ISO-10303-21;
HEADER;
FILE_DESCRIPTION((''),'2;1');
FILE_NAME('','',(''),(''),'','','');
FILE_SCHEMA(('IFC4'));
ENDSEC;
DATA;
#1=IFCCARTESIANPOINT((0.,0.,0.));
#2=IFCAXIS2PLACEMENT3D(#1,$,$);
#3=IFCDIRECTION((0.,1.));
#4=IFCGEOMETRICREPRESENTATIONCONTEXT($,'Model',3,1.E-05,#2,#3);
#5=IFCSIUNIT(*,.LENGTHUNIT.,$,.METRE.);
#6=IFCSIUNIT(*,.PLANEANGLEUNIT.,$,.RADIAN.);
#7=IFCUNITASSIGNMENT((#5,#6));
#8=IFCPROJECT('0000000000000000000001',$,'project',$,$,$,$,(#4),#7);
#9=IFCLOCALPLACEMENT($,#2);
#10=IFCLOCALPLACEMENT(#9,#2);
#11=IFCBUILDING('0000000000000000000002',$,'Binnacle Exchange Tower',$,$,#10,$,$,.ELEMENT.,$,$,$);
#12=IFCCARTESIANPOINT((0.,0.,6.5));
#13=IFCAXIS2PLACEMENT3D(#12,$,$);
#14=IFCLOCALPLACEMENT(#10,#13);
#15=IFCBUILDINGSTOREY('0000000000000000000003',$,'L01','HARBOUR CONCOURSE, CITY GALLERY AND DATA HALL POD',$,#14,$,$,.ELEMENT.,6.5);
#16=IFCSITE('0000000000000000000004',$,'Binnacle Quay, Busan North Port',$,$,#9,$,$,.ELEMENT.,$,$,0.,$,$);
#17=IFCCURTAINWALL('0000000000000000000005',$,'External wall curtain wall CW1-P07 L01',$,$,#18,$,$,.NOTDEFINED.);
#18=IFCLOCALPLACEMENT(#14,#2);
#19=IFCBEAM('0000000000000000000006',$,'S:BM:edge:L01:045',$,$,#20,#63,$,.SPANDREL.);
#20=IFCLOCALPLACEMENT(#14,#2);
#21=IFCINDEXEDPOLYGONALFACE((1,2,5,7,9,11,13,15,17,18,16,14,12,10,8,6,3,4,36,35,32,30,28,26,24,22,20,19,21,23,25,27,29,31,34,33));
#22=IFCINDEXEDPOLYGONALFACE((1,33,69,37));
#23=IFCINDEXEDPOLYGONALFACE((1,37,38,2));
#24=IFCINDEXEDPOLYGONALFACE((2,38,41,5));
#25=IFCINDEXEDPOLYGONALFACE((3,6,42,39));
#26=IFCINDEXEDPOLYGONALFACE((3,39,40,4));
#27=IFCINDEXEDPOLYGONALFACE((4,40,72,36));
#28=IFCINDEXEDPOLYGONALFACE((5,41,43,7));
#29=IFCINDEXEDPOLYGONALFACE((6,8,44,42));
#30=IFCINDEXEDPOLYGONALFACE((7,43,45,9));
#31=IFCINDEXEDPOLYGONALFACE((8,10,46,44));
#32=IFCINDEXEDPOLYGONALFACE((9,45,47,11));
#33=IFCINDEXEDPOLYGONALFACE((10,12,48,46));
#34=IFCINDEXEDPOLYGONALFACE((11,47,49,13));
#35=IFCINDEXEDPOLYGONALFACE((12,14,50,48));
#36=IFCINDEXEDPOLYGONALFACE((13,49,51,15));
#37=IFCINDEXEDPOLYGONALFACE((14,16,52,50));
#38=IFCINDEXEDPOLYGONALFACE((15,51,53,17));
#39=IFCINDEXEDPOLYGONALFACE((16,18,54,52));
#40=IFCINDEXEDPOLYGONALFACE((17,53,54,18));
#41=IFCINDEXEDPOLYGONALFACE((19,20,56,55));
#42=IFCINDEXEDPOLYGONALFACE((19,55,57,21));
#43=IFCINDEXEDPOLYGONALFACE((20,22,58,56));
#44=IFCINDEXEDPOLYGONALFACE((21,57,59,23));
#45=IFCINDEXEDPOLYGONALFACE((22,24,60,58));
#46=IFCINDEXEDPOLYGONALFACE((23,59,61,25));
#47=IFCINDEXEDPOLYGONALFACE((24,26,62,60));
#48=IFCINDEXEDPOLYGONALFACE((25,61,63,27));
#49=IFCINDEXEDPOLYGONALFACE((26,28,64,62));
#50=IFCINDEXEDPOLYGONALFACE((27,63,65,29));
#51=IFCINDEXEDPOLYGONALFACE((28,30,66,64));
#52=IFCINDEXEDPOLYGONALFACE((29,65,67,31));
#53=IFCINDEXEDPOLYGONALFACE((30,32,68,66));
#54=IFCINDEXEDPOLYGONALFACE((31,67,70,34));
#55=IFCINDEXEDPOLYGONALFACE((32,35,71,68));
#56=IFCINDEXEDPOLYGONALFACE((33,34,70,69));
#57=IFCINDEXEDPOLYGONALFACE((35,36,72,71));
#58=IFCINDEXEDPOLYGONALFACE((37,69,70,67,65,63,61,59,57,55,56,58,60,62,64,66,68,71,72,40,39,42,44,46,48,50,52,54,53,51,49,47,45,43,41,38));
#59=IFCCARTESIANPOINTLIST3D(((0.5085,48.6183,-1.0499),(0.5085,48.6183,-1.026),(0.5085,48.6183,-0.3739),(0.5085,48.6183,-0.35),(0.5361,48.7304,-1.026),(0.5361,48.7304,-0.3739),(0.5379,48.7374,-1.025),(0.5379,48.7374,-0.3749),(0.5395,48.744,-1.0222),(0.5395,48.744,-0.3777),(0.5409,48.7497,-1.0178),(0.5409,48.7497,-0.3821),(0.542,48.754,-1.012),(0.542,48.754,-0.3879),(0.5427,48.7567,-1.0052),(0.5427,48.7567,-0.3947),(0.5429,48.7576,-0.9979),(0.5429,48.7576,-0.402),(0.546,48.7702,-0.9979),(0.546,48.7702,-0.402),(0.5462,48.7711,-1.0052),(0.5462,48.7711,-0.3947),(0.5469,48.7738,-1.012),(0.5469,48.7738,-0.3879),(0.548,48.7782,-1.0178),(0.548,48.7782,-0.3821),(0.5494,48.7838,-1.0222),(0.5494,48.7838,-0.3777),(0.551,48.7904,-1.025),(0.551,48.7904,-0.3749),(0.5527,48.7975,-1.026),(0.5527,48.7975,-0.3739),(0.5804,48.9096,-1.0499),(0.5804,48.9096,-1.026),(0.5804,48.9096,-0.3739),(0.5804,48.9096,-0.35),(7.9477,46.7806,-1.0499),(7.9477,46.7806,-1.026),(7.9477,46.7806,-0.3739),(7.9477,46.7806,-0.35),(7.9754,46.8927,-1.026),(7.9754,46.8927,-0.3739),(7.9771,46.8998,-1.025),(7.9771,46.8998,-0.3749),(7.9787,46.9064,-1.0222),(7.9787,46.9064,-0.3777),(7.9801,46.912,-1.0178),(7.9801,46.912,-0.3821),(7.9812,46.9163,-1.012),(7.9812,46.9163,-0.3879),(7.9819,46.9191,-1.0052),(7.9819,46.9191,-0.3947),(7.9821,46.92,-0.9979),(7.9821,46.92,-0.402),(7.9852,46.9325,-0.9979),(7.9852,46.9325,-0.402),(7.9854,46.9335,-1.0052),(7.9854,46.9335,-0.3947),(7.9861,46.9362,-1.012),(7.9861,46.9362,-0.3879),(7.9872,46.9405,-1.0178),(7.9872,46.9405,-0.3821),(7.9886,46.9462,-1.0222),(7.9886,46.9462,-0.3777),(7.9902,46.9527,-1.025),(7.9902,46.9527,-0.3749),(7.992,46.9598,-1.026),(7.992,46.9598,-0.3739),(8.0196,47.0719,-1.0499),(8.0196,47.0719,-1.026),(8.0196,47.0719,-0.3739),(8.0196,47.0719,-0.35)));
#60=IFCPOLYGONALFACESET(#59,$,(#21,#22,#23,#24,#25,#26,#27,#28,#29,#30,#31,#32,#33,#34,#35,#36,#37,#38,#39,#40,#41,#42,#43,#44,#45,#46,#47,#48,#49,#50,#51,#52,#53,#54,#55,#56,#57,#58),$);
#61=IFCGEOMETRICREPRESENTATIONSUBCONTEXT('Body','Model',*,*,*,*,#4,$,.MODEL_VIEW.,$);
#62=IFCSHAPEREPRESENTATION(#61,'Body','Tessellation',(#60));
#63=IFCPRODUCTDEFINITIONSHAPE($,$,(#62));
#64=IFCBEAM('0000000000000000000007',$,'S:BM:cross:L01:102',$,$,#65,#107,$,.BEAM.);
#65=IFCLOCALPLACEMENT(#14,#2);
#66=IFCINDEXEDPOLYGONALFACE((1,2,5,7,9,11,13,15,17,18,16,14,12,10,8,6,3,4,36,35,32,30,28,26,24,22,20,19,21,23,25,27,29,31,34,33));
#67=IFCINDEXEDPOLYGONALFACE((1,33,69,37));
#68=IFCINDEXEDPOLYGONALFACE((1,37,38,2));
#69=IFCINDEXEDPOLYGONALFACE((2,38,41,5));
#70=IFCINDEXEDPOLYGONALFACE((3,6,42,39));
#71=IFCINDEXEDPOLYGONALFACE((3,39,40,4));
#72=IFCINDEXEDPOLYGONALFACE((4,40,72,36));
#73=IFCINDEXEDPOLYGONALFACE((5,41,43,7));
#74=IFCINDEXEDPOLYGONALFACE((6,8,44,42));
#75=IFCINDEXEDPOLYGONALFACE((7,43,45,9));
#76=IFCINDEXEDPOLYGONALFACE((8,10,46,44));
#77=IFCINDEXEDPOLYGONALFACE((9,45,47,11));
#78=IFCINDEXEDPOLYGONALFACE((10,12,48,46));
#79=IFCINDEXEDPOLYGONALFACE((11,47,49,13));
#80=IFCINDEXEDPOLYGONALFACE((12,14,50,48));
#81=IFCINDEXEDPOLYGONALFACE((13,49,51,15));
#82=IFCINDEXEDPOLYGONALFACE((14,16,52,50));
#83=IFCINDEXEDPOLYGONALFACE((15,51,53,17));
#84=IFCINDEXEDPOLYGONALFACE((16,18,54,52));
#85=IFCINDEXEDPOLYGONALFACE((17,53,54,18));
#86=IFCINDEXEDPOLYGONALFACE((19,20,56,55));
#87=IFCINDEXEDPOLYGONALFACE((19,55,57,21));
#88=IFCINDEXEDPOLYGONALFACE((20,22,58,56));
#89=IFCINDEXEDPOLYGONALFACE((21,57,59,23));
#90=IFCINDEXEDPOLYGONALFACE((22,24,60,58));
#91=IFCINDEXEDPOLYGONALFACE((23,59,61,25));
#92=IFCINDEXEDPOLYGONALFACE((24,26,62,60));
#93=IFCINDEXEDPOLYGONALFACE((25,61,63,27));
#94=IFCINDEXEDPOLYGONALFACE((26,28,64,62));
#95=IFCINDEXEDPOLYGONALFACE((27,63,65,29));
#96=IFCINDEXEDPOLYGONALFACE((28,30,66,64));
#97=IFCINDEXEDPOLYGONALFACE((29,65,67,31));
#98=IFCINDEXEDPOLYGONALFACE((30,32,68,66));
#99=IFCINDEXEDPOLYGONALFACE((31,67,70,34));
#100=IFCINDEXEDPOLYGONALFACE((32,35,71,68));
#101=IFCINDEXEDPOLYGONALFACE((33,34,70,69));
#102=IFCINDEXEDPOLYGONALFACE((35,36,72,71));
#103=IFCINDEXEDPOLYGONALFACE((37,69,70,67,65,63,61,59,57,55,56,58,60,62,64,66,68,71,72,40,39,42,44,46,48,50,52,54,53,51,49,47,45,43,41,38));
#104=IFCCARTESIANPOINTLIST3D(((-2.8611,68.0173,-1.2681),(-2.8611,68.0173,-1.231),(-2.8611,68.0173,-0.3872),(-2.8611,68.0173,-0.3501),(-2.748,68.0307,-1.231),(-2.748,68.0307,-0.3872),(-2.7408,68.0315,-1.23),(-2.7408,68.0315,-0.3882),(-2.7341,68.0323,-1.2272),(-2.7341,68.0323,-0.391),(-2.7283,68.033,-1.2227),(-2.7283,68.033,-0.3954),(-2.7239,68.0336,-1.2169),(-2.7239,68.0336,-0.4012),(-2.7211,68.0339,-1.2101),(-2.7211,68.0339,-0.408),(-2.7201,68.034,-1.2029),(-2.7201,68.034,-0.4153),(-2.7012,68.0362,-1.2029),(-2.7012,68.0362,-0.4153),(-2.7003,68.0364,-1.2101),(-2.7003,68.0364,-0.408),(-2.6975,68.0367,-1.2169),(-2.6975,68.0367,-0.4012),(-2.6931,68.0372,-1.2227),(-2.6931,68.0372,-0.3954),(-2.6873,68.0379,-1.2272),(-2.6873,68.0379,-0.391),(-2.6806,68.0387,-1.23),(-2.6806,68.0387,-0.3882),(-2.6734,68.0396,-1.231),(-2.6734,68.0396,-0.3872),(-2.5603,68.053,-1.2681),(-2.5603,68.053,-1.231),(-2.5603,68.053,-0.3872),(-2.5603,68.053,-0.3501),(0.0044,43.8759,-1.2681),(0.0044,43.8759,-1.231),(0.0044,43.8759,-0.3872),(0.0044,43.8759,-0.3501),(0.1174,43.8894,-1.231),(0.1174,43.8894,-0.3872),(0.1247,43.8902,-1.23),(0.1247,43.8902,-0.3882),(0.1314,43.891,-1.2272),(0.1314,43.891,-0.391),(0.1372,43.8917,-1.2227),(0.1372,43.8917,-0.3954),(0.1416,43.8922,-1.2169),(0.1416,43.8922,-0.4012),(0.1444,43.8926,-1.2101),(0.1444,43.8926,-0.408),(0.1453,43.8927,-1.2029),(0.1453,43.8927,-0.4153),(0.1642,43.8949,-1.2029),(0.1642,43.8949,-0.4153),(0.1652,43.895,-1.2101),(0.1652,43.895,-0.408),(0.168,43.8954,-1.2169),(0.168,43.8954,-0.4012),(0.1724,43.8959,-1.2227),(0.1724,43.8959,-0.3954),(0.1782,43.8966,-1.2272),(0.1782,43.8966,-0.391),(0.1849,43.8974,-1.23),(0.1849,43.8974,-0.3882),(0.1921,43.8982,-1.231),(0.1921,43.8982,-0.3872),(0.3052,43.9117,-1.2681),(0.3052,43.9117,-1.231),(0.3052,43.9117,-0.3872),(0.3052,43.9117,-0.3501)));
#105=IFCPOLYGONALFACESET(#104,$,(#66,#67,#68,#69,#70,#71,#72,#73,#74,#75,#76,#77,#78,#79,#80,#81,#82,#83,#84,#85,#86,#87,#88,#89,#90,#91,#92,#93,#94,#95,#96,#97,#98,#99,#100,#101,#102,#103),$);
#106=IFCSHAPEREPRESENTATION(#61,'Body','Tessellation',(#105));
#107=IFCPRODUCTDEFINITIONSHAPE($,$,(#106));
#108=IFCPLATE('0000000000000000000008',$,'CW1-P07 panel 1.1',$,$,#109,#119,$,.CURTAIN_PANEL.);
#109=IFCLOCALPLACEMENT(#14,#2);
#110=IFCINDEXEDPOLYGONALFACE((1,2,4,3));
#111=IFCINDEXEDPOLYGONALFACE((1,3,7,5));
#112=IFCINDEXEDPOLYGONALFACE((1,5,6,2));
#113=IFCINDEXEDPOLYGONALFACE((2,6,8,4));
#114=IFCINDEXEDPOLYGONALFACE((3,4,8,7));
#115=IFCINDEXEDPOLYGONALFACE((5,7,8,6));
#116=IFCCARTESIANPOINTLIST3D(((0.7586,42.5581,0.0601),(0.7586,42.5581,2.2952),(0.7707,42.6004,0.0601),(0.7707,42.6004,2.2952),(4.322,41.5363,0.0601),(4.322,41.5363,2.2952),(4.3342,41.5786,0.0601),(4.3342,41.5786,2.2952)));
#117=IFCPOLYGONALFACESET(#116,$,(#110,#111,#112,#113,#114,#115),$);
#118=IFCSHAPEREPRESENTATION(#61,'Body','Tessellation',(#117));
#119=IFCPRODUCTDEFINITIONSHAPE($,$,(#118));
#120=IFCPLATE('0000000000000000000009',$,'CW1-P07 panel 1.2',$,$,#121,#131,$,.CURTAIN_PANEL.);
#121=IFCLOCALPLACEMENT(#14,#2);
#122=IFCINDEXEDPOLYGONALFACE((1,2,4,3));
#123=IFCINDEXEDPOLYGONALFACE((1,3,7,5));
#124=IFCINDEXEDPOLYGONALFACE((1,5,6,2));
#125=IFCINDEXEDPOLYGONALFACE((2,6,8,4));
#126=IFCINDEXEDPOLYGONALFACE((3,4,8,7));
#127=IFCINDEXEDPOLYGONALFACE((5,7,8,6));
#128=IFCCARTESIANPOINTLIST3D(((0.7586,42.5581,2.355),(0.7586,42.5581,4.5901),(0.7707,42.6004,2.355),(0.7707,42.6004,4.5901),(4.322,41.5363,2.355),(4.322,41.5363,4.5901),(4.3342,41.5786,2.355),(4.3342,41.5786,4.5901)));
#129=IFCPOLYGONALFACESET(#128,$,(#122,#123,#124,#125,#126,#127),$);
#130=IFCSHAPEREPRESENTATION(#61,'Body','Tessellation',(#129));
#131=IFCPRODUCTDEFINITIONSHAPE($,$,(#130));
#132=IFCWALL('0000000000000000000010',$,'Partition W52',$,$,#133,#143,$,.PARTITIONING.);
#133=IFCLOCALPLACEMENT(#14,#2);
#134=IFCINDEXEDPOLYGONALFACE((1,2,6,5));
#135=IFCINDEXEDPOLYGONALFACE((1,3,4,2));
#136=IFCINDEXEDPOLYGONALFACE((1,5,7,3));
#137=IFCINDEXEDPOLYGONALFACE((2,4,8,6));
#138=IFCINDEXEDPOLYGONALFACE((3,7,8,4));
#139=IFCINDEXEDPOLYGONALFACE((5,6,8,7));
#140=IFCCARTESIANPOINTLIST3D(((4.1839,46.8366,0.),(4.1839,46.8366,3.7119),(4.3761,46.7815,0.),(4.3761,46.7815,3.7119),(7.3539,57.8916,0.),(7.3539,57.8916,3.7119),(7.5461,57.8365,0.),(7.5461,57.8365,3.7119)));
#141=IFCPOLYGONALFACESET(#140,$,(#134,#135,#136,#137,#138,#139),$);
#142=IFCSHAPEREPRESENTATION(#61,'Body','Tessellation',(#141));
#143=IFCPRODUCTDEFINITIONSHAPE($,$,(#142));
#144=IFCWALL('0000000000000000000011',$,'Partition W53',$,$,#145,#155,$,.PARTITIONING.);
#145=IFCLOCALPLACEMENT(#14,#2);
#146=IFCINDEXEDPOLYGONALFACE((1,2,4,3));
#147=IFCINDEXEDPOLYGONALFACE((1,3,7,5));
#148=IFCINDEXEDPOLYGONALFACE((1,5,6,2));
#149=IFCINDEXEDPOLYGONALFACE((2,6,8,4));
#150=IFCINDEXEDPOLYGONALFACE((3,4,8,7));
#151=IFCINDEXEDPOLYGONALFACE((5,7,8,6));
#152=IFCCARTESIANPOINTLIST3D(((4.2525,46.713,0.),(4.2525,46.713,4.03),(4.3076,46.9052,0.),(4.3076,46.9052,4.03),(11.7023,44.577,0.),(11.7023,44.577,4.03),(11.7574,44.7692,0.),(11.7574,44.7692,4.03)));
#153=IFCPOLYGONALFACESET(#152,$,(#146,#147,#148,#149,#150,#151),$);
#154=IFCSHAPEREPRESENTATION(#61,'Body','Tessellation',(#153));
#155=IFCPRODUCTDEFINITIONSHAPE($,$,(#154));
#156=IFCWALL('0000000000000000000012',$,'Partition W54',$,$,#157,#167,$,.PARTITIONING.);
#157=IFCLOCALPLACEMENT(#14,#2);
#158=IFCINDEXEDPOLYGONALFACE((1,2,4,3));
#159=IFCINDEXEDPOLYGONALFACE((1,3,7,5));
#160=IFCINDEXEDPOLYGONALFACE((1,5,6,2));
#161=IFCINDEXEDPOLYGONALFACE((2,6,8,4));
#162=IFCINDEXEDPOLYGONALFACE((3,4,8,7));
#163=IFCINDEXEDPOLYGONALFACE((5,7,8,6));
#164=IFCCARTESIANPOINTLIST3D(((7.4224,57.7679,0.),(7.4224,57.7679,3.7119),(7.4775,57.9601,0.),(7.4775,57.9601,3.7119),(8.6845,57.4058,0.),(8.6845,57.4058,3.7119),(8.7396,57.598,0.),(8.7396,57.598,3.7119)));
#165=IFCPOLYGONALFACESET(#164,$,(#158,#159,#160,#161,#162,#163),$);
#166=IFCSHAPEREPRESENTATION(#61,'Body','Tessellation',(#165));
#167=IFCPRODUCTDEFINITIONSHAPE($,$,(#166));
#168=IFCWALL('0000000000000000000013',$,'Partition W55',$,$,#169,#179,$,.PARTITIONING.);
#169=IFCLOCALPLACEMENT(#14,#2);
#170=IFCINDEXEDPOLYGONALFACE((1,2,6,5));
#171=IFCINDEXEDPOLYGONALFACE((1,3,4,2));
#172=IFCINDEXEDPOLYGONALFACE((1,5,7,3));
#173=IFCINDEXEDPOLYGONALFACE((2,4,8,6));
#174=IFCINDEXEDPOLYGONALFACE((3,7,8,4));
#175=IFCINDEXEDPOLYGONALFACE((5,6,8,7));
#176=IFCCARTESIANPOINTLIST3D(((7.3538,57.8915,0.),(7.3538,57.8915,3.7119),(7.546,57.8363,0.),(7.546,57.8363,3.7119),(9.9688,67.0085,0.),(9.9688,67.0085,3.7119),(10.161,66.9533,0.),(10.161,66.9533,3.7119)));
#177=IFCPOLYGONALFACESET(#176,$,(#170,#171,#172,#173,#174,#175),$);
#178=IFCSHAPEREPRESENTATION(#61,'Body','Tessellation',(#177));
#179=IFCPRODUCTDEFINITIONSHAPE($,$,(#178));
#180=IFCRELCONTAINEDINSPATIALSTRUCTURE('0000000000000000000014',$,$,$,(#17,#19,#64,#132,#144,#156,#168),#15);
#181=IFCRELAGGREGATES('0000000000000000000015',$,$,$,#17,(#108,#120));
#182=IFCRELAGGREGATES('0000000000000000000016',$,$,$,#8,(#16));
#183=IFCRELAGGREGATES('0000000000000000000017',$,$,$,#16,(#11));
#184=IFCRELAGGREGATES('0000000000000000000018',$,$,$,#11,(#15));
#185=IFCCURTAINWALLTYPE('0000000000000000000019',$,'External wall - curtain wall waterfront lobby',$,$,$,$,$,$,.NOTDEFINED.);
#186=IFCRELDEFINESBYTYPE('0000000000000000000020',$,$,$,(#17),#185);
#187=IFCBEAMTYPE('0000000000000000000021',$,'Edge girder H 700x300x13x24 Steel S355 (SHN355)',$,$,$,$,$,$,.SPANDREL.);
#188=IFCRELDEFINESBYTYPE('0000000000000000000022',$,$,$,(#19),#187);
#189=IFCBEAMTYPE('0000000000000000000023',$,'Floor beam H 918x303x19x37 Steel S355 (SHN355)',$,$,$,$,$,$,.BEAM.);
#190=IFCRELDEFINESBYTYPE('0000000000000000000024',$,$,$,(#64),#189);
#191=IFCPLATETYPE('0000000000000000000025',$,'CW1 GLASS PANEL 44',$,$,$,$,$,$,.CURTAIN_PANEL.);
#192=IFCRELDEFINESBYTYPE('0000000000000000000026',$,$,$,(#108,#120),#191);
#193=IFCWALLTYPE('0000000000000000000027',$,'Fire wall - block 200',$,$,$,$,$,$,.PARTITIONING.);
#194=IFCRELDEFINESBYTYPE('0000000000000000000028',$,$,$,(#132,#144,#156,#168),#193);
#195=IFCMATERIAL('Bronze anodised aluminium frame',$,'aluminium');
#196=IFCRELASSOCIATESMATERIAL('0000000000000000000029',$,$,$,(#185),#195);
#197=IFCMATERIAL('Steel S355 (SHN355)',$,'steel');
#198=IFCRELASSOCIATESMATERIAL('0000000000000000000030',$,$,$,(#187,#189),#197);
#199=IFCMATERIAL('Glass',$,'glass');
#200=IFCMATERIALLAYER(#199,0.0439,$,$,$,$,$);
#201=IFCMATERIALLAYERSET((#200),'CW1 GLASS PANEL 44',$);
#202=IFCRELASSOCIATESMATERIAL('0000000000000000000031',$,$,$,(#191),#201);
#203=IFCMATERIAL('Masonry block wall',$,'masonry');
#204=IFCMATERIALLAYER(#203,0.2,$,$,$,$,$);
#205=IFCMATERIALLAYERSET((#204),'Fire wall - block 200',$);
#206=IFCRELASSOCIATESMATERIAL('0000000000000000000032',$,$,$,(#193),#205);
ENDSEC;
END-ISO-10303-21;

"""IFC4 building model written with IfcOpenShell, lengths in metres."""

from ifc_helpers import new_model, si_unit, direction, frame, frame_2d, origin, origin_2d, place, context, subcontext, project, spatial, rectangle, i_section, extrude, material, layer, layer_set, material_profile, profile_set, type_object, element, aggregate, save


model = new_model("IFC4")

# Units and contexts
model_context = context("Model", 3, precision=1e-05, world=origin(), true_north=direction((0.0, 1.0)))
body_context = subcontext(model_context, "Body", "Model", "MODEL_VIEW")
ifc_project = project(units=[si_unit("LENGTHUNIT", "METRE"), si_unit("PLANEANGLEUNIT", "RADIAN")], contexts=[model_context])

# Site, building, storey
site_placement = place(None, origin())
site = spatial("IfcSite", under=ifc_project, at=site_placement, Name="Binnacle Quay, Busan North Port", CompositionType="ELEMENT", RefElevation=0.0)
building_placement = place(site_placement, origin())
building = spatial("IfcBuilding", under=site, at=building_placement, Name="Binnacle Exchange Tower", CompositionType="ELEMENT")
storey_placement = place(building_placement, frame((0.0, 0.0, 6.5)))
storey = spatial("IfcBuildingStorey", under=building, at=storey_placement, Name="L01", Description="HARBOUR CONCOURSE, CITY GALLERY AND DATA HALL POD", CompositionType="ELEMENT", Elevation=6.5)

# Shared definitions
ifc_material_1 = material(Name="Bronze anodised aluminium frame", Category="aluminium")
curtain_wall_type = type_object("IfcCurtainWallType", Name="External wall - curtain wall waterfront lobby", PredefinedType="NOTDEFINED", material=ifc_material_1)

# Curtain wall
curtain_wall_1_placement = place(storey_placement, origin())
curtain_wall_1 = element("IfcCurtainWall", 1, at=curtain_wall_1_placement, inside=storey, type_object=curtain_wall_type, Name="External wall curtain wall CW1-P07 L01", PredefinedType="NOTDEFINED")

# Beams
ifc_material_2 = material(Name="Steel S355 (SHN355)", Category="steel")
ifc_material_profile_1 = material_profile(ifc_material_2, i_section(OverallWidth=0.3, OverallDepth=0.7, WebThickness=0.0129, FlangeThickness=0.0239, FilletRadius=0.0281, at=origin_2d()), Name="H 700x300x13x24")
ifc_profile_set_1 = profile_set([ifc_material_profile_1], Name="Steel S355 (SHN355)")
beam_type_1 = type_object("IfcBeamType", Name="Edge girder H 700x300x13x24 Steel S355 (SHN355)", PredefinedType="SPANDREL", material=ifc_profile_set_1)
beam_1_placement = place(storey_placement, frame((0.5444, 48.7639, -0.7), z_axis=(0.970819, -0.239813, 0.0), x_axis=(0.239813, 0.970819, 0.0)))
element("IfcBeam", 2, at=beam_1_placement, inside=storey, type_object=beam_type_1, Name="S:BM:edge:L01:045", PredefinedType="SPANDREL", context=body_context, shape_type="SweptSolid", body=[
    extrude(i_section(OverallWidth=0.3, OverallDepth=0.7, WebThickness=0.0129, FlangeThickness=0.0239, FilletRadius=0.0281, at=origin_2d()), origin(), (0.0, 0.0, 1.0), 7.6628),
])
ifc_material_profile_2 = material_profile(ifc_material_2, i_section(OverallWidth=0.303, OverallDepth=0.918, WebThickness=0.019, FlangeThickness=0.0371, FilletRadius=0.0281, at=origin_2d()), Name="H 918x303x19x37")
ifc_profile_set_2 = profile_set([ifc_material_profile_2], Name="Steel S355 (SHN355)")
beam_type_2 = type_object("IfcBeamType", Name="Floor beam H 918x303x19x37 Steel S355 (SHN355)", PredefinedType="BEAM", material=ifc_profile_set_2)
beam_2_placement = place(storey_placement, frame((0.1548, 43.8938, -0.8091), z_axis=(-0.117868, 0.993029, 0.0), x_axis=(-0.993029, -0.117868, 0.0)))
element("IfcBeam", 3, at=beam_2_placement, inside=storey, type_object=beam_type_2, Name="S:BM:cross:L01:102", PredefinedType="BEAM", context=body_context, shape_type="SweptSolid", body=[
    extrude(i_section(OverallWidth=0.303, OverallDepth=0.918, WebThickness=0.019, FlangeThickness=0.0371, FilletRadius=0.0281, at=origin_2d()), origin(), (0.0, 0.0, 1.0), 24.3108),
])

# Plates
ifc_material_3 = material(Name="Glass", Category="glass")
ifc_layer_1 = layer(ifc_material_3, 0.0439)
ifc_layer_set_1 = layer_set([ifc_layer_1], Name="CW1 GLASS PANEL 44")
plate_type = type_object("IfcPlateType", Name="CW1 GLASS PANEL 44", PredefinedType="CURTAIN_PANEL", material=ifc_layer_set_1)
plate_1_placement = place(storey_placement, frame((2.5464, 42.0684, 0.0601), z_axis=(0.0, 0.0, 1.0), x_axis=(0.961262, -0.275637, 0.0)))
plate_1 = element("IfcPlate", 4, at=plate_1_placement, type_object=plate_type, Name="CW1-P07 panel 1.1", PredefinedType="CURTAIN_PANEL", context=body_context, shape_type="SweptSolid", body=[
    extrude(rectangle(XDim=3.707, YDim=0.0439, at=origin_2d()), origin(), (0.0, 0.0, 1.0), 2.2351),
])
plate_2_placement = place(storey_placement, frame((2.5464, 42.0684, 2.355), z_axis=(0.0, 0.0, 1.0), x_axis=(0.961262, -0.275637, 0.0)))
plate_2 = element("IfcPlate", 5, at=plate_2_placement, type_object=plate_type, Name="CW1-P07 panel 1.2", PredefinedType="CURTAIN_PANEL", context=body_context, shape_type="SweptSolid", body=[
    extrude(rectangle(XDim=3.707, YDim=0.0439, at=origin_2d()), origin(), (0.0, 0.0, 1.0), 2.2351),
])
aggregate(curtain_wall_1, [plate_1, plate_2])

# Walls
ifc_material_4 = material(Name="Masonry block wall", Category="masonry")
ifc_layer_2 = layer(ifc_material_4, 0.2)
ifc_layer_set_2 = layer_set([ifc_layer_2], Name="Fire wall - block 200")
wall_type = type_object("IfcWallType", Name="Fire wall - block 200", PredefinedType="PARTITIONING", material=ifc_layer_set_2)
wall_1_placement = place(storey_placement, frame((4.28, 46.8091, 0.0), z_axis=(0.0, 0.0, 1.0), x_axis=(0.275635, 0.961262, 0.0)))
element("IfcWall", 6, at=wall_1_placement, inside=storey, type_object=wall_type, Name="Partition W52", PredefinedType="PARTITIONING", context=body_context, shape_type="SweptSolid", body=[
    extrude(rectangle(XDim=11.5005, YDim=0.2, at=frame_2d((5.7502, 0.0))), origin(), (0.0, 0.0, 1.0), 3.7119),
])
wall_2_placement = place(storey_placement, frame((4.28, 46.8091, 0.0), z_axis=(0.0, 0.0, 1.0), x_axis=(0.96127, -0.275607, 0.0)))
element("IfcWall", 7, at=wall_2_placement, inside=storey, type_object=wall_type, Name="Partition W53", PredefinedType="PARTITIONING", context=body_context, shape_type="SweptSolid", body=[
    extrude(rectangle(XDim=7.75, YDim=0.2, at=frame_2d((3.875, 0.0))), origin(), (0.0, 0.0, 1.0), 4.03),
])
wall_3_placement = place(storey_placement, frame((7.45, 57.864, 0.0), z_axis=(0.0, 0.0, 1.0), x_axis=(0.961222, -0.275777, 0.0)))
element("IfcWall", 8, at=wall_3_placement, inside=storey, type_object=wall_type, Name="Partition W54", PredefinedType="PARTITIONING", context=body_context, shape_type="SweptSolid", body=[
    extrude(rectangle(XDim=1.313, YDim=0.2, at=frame_2d((0.6565, 0.0))), origin(), (0.0, 0.0, 1.0), 3.7119),
])
wall_4_placement = place(storey_placement, frame((7.45, 57.864, 0.0), z_axis=(0.0, 0.0, 1.0), x_axis=(0.27571, 0.961241, 0.0)))
element("IfcWall", 9, at=wall_4_placement, inside=storey, type_object=wall_type, Name="Partition W55", PredefinedType="PARTITIONING", context=body_context, shape_type="SweptSolid", body=[
    extrude(rectangle(XDim=9.4846, YDim=0.2, at=frame_2d((4.7422, 0.0))), origin(), (0.0, 0.0, 1.0), 3.7119),
])

save(model, "model.ifc")
